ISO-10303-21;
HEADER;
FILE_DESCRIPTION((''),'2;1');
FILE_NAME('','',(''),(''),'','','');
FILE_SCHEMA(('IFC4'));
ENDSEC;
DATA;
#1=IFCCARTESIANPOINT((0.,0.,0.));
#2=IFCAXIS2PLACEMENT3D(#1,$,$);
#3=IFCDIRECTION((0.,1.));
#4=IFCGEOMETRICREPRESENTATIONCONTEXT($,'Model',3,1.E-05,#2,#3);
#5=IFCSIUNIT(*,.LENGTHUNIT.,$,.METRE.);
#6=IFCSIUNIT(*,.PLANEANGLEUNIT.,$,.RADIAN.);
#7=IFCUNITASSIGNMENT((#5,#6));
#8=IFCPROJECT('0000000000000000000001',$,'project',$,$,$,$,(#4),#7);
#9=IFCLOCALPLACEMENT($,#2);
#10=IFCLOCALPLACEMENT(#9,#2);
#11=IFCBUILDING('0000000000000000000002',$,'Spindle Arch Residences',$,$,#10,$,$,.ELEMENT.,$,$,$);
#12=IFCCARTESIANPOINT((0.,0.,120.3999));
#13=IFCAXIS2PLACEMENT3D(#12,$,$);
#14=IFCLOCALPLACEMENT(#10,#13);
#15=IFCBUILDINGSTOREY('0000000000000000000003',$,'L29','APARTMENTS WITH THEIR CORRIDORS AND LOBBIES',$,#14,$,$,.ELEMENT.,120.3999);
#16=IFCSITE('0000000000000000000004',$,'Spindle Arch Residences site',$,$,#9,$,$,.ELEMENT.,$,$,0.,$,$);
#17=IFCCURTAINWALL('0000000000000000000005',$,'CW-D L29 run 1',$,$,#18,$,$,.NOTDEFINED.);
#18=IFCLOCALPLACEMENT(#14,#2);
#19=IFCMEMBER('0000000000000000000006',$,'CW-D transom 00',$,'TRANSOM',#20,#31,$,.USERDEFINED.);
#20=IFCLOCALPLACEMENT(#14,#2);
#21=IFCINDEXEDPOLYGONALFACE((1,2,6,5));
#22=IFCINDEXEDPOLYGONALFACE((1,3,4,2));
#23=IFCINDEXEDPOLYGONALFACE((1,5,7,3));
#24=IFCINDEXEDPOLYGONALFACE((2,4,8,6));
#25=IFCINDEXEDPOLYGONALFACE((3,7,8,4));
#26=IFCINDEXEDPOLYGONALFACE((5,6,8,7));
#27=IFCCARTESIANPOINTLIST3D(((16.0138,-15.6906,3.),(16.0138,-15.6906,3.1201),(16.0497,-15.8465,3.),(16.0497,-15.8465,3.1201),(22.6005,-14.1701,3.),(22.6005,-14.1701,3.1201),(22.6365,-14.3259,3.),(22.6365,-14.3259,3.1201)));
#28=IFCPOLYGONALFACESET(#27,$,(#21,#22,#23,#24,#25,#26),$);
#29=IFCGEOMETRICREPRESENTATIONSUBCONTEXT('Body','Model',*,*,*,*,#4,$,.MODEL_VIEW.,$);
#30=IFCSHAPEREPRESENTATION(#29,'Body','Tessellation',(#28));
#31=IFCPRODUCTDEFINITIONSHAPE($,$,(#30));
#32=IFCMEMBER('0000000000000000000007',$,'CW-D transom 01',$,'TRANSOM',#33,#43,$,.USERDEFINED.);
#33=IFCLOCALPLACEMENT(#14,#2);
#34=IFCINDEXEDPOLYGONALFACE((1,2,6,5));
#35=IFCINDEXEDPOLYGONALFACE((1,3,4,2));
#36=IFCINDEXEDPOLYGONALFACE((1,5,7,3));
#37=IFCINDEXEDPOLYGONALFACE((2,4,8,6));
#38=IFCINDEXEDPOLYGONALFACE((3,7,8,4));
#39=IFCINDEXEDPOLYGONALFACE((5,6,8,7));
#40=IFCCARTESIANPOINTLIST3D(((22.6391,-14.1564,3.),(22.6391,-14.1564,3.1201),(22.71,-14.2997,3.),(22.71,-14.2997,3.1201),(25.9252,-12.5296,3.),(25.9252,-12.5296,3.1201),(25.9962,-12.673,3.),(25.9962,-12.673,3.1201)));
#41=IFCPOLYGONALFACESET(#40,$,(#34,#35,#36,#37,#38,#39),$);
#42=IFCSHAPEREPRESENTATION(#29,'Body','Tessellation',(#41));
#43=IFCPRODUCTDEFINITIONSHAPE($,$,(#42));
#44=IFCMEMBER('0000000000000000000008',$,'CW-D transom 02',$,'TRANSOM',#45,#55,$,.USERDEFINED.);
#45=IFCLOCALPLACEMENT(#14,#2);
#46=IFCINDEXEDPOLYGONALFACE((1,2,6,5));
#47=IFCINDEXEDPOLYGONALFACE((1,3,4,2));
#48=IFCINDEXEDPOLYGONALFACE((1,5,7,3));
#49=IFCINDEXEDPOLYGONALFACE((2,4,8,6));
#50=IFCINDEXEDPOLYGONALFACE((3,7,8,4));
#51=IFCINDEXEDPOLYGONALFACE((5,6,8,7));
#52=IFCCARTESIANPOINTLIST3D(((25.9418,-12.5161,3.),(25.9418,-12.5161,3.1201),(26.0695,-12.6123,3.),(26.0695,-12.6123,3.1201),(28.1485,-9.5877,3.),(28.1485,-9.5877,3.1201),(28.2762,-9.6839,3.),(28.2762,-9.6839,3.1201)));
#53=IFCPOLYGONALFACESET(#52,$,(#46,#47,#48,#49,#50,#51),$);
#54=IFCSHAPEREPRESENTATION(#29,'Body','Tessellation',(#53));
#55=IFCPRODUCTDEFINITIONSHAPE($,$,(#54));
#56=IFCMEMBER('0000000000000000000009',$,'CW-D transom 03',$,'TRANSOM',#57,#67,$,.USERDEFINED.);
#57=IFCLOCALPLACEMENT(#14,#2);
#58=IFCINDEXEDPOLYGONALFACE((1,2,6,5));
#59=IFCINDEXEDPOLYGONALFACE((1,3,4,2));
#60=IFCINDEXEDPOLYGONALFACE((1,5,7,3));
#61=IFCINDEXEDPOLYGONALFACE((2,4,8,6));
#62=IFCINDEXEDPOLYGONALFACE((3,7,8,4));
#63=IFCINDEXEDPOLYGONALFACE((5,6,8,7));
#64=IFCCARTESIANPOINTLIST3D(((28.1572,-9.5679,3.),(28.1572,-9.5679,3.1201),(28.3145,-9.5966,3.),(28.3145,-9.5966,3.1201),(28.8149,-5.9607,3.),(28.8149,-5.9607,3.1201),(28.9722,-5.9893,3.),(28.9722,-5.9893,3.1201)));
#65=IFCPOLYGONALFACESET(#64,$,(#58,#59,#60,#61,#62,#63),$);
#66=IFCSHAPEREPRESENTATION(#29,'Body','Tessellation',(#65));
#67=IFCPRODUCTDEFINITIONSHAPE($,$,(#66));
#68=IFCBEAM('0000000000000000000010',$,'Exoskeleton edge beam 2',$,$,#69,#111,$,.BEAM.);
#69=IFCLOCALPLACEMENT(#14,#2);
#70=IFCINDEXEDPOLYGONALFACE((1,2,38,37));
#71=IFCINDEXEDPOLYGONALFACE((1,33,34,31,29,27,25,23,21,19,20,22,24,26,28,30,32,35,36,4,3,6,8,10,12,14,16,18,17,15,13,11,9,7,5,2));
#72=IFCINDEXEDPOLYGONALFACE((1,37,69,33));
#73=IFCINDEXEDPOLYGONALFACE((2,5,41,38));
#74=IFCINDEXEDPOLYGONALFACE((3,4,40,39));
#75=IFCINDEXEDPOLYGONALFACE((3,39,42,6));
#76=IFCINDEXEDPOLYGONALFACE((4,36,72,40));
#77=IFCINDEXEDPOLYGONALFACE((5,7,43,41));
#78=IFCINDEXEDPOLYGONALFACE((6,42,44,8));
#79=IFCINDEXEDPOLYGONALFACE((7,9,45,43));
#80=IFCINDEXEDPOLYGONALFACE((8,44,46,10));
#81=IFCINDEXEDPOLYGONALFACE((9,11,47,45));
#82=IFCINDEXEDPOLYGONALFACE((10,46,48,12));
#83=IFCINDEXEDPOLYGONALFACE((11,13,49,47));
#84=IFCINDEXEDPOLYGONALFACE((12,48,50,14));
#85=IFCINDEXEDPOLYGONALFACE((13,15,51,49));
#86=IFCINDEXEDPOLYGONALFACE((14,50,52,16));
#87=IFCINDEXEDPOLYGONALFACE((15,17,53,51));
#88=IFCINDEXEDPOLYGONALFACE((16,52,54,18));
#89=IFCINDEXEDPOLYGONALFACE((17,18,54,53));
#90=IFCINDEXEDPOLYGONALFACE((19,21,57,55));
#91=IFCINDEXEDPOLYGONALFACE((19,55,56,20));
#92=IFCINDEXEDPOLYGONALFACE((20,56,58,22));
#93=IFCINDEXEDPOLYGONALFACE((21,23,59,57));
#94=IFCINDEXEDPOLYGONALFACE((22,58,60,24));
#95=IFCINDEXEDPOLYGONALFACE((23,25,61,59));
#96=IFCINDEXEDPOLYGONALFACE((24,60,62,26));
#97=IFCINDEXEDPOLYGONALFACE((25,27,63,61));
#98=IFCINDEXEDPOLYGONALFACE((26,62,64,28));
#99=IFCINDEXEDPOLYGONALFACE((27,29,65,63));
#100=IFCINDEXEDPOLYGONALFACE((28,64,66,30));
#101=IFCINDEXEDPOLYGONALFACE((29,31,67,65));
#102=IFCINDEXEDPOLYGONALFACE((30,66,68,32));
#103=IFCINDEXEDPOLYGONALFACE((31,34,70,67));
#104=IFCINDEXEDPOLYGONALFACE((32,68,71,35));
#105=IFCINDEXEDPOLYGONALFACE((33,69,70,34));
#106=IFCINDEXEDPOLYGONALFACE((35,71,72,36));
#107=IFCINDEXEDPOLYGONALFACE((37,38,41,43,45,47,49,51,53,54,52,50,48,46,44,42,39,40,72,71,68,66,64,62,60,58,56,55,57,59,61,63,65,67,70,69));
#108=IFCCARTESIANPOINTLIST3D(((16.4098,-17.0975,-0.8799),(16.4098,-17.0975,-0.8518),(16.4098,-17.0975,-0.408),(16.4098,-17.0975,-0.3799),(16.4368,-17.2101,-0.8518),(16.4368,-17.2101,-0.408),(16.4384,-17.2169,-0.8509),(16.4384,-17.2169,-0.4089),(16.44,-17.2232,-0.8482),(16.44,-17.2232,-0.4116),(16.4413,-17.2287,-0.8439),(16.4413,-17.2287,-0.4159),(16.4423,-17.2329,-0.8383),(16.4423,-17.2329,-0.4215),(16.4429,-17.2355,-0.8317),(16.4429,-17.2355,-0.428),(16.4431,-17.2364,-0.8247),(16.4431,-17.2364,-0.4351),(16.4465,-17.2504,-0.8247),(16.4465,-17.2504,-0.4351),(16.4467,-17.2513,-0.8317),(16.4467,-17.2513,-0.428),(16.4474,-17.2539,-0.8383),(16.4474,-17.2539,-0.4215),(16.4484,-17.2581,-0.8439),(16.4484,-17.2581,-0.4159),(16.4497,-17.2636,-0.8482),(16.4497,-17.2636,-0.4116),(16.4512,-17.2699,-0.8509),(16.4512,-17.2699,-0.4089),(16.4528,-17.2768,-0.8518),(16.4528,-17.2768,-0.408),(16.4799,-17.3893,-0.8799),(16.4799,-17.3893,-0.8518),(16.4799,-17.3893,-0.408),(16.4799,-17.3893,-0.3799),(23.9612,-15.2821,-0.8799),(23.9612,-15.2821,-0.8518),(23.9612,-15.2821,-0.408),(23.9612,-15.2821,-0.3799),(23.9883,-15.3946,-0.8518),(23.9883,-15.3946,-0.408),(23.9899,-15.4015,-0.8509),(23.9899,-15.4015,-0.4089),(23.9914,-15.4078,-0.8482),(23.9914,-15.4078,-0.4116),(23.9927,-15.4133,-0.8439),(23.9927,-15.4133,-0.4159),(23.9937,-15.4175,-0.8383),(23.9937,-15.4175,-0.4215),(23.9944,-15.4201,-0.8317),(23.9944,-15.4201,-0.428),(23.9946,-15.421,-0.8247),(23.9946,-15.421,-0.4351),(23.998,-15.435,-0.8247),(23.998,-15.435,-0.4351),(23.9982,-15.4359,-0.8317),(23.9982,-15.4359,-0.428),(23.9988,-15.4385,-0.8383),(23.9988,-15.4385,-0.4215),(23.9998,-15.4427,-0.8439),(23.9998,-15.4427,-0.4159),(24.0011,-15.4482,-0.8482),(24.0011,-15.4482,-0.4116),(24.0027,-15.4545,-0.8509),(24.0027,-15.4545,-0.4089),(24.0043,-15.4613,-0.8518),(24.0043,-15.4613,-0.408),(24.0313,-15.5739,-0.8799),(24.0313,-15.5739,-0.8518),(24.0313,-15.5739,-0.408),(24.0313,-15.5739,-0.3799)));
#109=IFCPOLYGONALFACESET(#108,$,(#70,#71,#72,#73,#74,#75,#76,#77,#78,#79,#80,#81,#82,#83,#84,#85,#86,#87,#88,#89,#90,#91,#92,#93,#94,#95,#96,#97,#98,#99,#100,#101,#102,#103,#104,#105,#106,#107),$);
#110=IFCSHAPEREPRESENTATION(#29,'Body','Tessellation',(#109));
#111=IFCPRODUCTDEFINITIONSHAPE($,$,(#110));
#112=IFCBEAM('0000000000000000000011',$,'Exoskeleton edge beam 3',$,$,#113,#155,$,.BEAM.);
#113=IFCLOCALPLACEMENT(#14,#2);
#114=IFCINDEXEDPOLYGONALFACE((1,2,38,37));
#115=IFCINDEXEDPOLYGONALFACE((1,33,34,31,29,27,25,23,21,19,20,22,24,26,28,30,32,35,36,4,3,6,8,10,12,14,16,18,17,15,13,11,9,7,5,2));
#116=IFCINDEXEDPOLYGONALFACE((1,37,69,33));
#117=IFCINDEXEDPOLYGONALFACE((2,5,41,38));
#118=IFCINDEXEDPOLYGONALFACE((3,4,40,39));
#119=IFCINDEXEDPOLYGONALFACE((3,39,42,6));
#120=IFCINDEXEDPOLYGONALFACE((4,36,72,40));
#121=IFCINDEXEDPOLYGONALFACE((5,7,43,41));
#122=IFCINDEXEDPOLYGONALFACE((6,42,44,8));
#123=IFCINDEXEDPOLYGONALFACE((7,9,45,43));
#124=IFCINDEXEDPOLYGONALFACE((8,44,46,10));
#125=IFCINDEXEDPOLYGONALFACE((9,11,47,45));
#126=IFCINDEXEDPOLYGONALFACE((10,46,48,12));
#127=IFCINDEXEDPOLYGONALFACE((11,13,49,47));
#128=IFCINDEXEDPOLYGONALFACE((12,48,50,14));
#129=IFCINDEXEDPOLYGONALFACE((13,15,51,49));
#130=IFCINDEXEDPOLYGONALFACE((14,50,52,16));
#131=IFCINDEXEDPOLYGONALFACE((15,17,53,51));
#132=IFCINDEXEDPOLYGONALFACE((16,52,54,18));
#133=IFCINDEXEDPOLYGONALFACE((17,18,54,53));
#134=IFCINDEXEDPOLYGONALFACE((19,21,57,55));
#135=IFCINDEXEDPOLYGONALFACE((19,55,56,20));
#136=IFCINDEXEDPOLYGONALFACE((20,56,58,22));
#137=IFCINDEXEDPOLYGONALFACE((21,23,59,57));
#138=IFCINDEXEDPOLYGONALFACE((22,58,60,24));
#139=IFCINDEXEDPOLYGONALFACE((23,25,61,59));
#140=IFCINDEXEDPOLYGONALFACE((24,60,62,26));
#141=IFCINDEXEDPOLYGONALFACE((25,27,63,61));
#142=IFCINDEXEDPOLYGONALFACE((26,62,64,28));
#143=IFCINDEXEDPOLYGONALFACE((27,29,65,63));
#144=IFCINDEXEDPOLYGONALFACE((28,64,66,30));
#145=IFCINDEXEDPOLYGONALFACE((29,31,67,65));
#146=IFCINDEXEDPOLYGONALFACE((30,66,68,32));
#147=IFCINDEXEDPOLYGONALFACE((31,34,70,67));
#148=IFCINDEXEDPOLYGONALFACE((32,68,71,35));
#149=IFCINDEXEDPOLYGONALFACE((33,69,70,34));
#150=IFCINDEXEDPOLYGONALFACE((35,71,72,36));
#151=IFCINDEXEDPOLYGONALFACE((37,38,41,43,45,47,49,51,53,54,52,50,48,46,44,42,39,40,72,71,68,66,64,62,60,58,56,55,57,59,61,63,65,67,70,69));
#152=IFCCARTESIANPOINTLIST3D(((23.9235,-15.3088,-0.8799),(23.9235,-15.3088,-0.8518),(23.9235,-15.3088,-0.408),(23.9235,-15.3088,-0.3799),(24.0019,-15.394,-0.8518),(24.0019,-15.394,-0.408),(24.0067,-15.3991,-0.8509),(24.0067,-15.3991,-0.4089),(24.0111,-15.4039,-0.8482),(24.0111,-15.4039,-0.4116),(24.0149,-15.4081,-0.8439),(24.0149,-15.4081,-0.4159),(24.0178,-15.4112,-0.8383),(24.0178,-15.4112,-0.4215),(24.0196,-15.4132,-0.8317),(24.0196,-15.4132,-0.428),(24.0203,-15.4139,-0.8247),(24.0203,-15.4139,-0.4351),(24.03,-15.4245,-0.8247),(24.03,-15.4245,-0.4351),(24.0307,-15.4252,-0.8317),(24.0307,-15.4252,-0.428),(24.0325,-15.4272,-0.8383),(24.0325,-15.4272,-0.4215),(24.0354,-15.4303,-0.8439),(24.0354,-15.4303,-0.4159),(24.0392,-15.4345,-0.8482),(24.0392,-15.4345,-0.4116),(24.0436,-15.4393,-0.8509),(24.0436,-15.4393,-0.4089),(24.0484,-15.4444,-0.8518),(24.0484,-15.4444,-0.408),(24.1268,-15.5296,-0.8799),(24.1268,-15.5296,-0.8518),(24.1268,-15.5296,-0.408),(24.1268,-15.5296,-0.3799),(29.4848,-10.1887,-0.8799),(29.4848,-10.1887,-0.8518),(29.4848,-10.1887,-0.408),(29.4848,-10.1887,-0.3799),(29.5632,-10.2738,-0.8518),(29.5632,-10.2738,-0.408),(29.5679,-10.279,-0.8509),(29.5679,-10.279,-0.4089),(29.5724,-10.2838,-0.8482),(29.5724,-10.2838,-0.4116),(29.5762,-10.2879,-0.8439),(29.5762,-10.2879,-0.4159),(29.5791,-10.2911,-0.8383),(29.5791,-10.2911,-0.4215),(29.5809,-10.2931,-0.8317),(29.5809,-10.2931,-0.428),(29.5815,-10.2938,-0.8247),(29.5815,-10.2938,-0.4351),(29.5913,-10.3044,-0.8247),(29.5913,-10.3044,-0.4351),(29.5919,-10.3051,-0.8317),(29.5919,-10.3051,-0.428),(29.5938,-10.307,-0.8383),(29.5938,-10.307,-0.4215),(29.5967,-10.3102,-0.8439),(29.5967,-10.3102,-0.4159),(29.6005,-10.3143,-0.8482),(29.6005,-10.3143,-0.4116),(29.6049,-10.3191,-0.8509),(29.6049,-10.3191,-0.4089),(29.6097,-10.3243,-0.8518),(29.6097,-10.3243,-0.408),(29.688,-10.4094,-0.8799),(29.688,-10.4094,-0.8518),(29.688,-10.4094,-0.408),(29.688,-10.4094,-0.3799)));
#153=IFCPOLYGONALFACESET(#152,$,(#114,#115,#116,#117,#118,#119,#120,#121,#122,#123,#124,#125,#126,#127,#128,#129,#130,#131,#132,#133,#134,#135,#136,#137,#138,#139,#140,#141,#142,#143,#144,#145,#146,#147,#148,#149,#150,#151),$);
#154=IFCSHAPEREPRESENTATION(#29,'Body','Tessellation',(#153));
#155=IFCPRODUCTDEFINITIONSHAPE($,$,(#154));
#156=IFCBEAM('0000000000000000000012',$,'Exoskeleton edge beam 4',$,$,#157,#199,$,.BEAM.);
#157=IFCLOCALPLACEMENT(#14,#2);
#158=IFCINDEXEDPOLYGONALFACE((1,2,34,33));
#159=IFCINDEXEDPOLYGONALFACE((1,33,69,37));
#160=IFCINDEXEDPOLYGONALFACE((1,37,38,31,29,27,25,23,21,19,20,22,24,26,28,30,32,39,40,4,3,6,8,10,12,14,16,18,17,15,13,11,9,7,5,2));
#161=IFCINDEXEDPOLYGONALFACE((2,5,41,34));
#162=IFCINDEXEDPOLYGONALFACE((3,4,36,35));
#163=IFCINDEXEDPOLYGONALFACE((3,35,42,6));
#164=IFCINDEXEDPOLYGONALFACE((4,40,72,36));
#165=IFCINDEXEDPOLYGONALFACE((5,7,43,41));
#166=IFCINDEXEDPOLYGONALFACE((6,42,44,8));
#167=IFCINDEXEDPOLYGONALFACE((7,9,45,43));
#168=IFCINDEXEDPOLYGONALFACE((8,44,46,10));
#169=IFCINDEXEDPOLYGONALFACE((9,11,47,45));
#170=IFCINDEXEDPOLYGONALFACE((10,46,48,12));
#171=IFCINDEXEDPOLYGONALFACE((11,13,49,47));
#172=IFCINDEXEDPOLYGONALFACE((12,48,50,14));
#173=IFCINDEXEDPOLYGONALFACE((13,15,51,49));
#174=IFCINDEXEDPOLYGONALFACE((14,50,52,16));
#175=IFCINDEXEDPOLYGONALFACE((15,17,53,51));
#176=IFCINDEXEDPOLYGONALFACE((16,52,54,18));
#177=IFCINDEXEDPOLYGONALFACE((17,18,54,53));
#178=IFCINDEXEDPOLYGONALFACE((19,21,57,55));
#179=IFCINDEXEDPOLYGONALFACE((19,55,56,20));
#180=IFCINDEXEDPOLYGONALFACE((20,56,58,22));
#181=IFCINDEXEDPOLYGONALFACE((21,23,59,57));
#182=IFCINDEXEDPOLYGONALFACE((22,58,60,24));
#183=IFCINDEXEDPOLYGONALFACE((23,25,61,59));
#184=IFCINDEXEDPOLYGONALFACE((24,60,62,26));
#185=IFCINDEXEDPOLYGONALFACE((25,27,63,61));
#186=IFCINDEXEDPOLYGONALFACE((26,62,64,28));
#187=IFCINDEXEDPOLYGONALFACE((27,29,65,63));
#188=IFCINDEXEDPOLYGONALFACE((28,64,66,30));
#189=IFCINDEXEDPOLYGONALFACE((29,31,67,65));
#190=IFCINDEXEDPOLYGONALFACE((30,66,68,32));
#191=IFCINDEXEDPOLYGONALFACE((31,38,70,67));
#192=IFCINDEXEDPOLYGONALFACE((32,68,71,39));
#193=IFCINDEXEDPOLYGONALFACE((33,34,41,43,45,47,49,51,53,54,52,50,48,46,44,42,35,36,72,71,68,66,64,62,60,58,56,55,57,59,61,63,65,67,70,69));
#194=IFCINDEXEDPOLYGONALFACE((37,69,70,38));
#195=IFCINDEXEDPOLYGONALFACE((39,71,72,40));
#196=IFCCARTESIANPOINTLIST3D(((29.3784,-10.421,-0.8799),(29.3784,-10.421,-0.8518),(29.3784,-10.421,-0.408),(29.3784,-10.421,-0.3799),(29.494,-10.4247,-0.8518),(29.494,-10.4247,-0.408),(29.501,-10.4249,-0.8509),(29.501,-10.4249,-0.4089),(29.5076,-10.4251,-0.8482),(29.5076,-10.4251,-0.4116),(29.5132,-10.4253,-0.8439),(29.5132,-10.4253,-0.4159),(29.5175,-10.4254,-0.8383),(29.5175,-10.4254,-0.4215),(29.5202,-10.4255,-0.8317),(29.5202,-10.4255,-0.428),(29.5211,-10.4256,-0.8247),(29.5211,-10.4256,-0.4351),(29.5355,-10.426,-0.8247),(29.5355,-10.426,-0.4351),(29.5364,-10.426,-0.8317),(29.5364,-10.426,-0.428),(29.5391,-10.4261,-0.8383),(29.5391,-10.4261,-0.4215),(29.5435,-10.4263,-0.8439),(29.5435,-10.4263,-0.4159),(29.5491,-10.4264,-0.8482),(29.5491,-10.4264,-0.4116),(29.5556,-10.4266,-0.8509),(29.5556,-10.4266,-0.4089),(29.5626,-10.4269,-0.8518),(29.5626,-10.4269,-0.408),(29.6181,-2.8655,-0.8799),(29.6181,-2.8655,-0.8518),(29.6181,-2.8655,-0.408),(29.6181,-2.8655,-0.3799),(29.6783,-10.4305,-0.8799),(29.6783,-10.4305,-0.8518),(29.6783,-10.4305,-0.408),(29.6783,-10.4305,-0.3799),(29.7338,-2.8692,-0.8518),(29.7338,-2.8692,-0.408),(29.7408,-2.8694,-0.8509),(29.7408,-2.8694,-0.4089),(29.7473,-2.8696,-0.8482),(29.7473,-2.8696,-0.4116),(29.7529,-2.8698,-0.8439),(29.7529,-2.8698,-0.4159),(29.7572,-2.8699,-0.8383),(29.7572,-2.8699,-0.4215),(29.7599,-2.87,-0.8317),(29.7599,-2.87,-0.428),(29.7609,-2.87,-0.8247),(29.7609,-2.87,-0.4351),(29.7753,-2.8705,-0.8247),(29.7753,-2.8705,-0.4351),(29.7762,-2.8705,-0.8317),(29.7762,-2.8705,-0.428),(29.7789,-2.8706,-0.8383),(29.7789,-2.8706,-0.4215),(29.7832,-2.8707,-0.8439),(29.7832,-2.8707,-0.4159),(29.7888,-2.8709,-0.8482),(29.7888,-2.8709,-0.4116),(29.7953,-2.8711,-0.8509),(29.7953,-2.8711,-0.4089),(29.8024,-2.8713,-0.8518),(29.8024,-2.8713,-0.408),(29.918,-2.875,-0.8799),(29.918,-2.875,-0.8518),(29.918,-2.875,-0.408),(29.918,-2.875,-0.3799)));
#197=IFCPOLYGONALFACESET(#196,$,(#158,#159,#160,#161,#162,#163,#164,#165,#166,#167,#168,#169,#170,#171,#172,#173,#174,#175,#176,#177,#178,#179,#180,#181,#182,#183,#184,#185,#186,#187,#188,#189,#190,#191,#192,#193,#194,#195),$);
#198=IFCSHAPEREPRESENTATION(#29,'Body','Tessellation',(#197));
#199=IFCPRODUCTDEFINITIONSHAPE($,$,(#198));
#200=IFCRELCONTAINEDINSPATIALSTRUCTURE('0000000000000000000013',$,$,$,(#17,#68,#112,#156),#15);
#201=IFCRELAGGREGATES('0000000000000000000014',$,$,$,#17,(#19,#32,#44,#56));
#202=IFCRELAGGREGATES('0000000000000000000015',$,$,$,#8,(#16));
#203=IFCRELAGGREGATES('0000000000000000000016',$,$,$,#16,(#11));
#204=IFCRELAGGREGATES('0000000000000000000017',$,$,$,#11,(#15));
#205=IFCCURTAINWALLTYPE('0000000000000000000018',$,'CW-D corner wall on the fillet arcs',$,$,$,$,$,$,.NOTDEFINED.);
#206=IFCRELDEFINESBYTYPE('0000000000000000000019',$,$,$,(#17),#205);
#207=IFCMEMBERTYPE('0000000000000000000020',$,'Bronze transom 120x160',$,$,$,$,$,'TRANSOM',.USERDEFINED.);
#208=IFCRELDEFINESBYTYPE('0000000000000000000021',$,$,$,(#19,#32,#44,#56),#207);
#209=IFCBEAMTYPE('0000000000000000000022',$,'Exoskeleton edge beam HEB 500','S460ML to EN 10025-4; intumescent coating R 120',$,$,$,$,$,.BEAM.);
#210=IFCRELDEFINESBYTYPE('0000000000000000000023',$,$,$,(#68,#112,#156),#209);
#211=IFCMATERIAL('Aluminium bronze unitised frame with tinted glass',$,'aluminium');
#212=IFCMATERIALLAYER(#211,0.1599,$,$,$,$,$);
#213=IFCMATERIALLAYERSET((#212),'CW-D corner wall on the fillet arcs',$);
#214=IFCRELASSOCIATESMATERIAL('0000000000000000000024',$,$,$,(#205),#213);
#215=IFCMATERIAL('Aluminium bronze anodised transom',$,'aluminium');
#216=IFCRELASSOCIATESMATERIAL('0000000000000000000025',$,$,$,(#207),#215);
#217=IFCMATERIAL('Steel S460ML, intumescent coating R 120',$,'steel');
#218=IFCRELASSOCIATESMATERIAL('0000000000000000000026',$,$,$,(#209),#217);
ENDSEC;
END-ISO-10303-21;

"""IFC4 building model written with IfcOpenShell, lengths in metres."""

from ifc_helpers import new_model, si_unit, direction, frame, origin, origin_2d, place, context, subcontext, project, spatial, rectangle, i_section, extrude, material, layer, layer_set, material_profile, profile_set, type_object, element, aggregate, save


model = new_model("IFC4")

# Units and contexts
model_context = context("Model", 3, precision=1e-05, world=origin(), true_north=direction((0.0, 1.0)))
body_context = subcontext(model_context, "Body", "Model", "MODEL_VIEW")
ifc_project = project(units=[si_unit("LENGTHUNIT", "METRE"), si_unit("PLANEANGLEUNIT", "RADIAN")], contexts=[model_context])

# Site, building, storey
site_placement = place(None, origin())
site = spatial("IfcSite", under=ifc_project, at=site_placement, Name="Spindle Arch Residences site", CompositionType="ELEMENT", RefElevation=0.0)
building_placement = place(site_placement, origin())
building = spatial("IfcBuilding", under=site, at=building_placement, Name="Spindle Arch Residences", CompositionType="ELEMENT")
storey_placement = place(building_placement, frame((0.0, 0.0, 120.3999)))
storey = spatial("IfcBuildingStorey", under=building, at=storey_placement, Name="L29", Description="APARTMENTS WITH THEIR CORRIDORS AND LOBBIES", CompositionType="ELEMENT", Elevation=120.3999)

# Curtain wall, members
ifc_material_1 = material(Name="Aluminium bronze unitised frame with tinted glass", Category="aluminium")
ifc_layer_1 = layer(ifc_material_1, 0.1599)
ifc_layer_set_1 = layer_set([ifc_layer_1], Name="CW-D corner wall on the fillet arcs")
curtain_wall_type = type_object("IfcCurtainWallType", Name="CW-D corner wall on the fillet arcs", PredefinedType="NOTDEFINED", material=ifc_layer_set_1)
curtain_wall_placement = place(storey_placement, origin())
curtain_wall = element("IfcCurtainWall", 1, at=curtain_wall_placement, inside=storey, type_object=curtain_wall_type, Name="CW-D L29 run 1", PredefinedType="NOTDEFINED")
ifc_material_2 = material(Name="Aluminium bronze anodised transom", Category="aluminium")
ifc_material_profile_1 = material_profile(ifc_material_2, rectangle(XDim=0.1599, YDim=0.1201, at=origin_2d()), Name="TR 120x160")
ifc_profile_set_1 = profile_set([ifc_material_profile_1], Name="Aluminium bronze anodised transom")
member_type_1 = type_object("IfcMemberType", Name="Bronze transom 120x160", ElementType="TRANSOM", PredefinedType="USERDEFINED", material=ifc_profile_set_1)
member_1_placement = place(storey_placement, frame((16.0317, -15.7686, 3.0601), z_axis=(0.974375, 0.224931, 0.0), x_axis=(-0.224931, 0.974375, 0.0)))
member_1 = element("IfcMember", 2, at=member_1_placement, type_object=member_type_1, Name="CW-D transom 00", ObjectType="TRANSOM", PredefinedType="USERDEFINED", context=body_context, shape_type="SweptSolid", body=[
    extrude(rectangle(XDim=0.1599, YDim=0.1201, at=origin_2d()), origin(), (0.0, 0.0, 1.0), 6.76),
])
member_2_placement = place(storey_placement, frame((22.6746, -14.228, 3.0601), z_axis=(0.896204, 0.443641, 0.0), x_axis=(-0.443641, 0.896204, 0.0)))
member_2 = element("IfcMember", 3, at=member_2_placement, type_object=member_type_1, Name="CW-D transom 01", ObjectType="TRANSOM", PredefinedType="USERDEFINED", context=body_context, shape_type="SweptSolid", body=[
    extrude(rectangle(XDim=0.1599, YDim=0.1201, at=origin_2d()), origin(), (0.0, 0.0, 1.0), 3.6667),
])
member_3_placement = place(storey_placement, frame((26.0056, -12.5642, 3.0601), z_axis=(0.60182, 0.798632, 0.0), x_axis=(-0.798632, 0.60182, 0.0)))
member_3 = element("IfcMember", 4, at=member_3_placement, type_object=member_type_1, Name="CW-D transom 02", ObjectType="TRANSOM", PredefinedType="USERDEFINED", context=body_context, shape_type="SweptSolid", body=[
    extrude(rectangle(XDim=0.1599, YDim=0.1201, at=origin_2d()), origin(), (0.0, 0.0, 1.0), 3.6667),
])
member_4_placement = place(storey_placement, frame((28.2358, -9.5823, 3.0601), z_axis=(0.179378, 0.98378, 0.0), x_axis=(-0.98378, 0.179378, 0.0)))
member_4 = element("IfcMember", 5, at=member_4_placement, type_object=member_type_1, Name="CW-D transom 03", ObjectType="TRANSOM", PredefinedType="USERDEFINED", context=body_context, shape_type="SweptSolid", body=[
    extrude(rectangle(XDim=0.1599, YDim=0.1201, at=origin_2d()), origin(), (0.0, 0.0, 1.0), 3.6667),
])

# Beams
ifc_material_3 = material(Name="Steel S460ML, intumescent coating R 120", Category="steel")
ifc_material_profile_2 = material_profile(ifc_material_3, i_section(OverallWidth=0.3, OverallDepth=0.5, WebThickness=0.0144, FlangeThickness=0.0281, FilletRadius=0.0271, at=origin_2d()), Name="HEB 500")
ifc_profile_set_2 = profile_set([ifc_material_profile_2], Name="Steel S460ML, intumescent coating R 120")
beam_type_1 = type_object("IfcBeamType", Name="Exoskeleton edge beam HEB 500", Description="S460ML to EN 10025-4; intumescent coating R 120", PredefinedType="BEAM", material=ifc_profile_set_2)
beam_1_placement = place(storey_placement, frame((16.4448, -17.2434, -0.6299), z_axis=(0.972298, 0.233746, 0.0), x_axis=(-0.233746, 0.972298, 0.0)))
element("IfcBeam", 6, at=beam_1_placement, inside=storey, type_object=beam_type_1, Name="Exoskeleton edge beam 2", PredefinedType="BEAM", context=body_context, shape_type="SweptSolid", body=[
    extrude(i_section(OverallWidth=0.3, OverallDepth=0.5, WebThickness=0.0144, FlangeThickness=0.0281, FilletRadius=0.0271, at=origin_2d()), origin(), (0.0, 0.0, 1.0), 7.7666),
])
for number, where, z_axis, x_axis, name in (
    (7, (24.0251, -15.4192, -0.6299), (0.735684, 0.677324, 0.0), (-0.677324, 0.735684, 0.0), "Exoskeleton edge beam 3"),
    (8, (29.5283, -10.4258, -0.6299), (0.031716, 0.999497, 0.0), (-0.999497, 0.031716, 0.0), "Exoskeleton edge beam 4"),
):
    element("IfcBeam", number, at=place(storey_placement, frame(where, z_axis=z_axis, x_axis=x_axis)), inside=storey, type_object=beam_type_1, Name=name, PredefinedType="BEAM", context=body_context, shape_type="SweptSolid", body=[
        extrude(i_section(OverallWidth=0.3, OverallDepth=0.5, WebThickness=0.0144, FlangeThickness=0.0281, FilletRadius=0.0271, at=origin_2d()), origin(), (0.0, 0.0, 1.0), 7.5593),
    ])

aggregate(curtain_wall, [member_1, member_2, member_3, member_4])

save(model, "model.ifc")
